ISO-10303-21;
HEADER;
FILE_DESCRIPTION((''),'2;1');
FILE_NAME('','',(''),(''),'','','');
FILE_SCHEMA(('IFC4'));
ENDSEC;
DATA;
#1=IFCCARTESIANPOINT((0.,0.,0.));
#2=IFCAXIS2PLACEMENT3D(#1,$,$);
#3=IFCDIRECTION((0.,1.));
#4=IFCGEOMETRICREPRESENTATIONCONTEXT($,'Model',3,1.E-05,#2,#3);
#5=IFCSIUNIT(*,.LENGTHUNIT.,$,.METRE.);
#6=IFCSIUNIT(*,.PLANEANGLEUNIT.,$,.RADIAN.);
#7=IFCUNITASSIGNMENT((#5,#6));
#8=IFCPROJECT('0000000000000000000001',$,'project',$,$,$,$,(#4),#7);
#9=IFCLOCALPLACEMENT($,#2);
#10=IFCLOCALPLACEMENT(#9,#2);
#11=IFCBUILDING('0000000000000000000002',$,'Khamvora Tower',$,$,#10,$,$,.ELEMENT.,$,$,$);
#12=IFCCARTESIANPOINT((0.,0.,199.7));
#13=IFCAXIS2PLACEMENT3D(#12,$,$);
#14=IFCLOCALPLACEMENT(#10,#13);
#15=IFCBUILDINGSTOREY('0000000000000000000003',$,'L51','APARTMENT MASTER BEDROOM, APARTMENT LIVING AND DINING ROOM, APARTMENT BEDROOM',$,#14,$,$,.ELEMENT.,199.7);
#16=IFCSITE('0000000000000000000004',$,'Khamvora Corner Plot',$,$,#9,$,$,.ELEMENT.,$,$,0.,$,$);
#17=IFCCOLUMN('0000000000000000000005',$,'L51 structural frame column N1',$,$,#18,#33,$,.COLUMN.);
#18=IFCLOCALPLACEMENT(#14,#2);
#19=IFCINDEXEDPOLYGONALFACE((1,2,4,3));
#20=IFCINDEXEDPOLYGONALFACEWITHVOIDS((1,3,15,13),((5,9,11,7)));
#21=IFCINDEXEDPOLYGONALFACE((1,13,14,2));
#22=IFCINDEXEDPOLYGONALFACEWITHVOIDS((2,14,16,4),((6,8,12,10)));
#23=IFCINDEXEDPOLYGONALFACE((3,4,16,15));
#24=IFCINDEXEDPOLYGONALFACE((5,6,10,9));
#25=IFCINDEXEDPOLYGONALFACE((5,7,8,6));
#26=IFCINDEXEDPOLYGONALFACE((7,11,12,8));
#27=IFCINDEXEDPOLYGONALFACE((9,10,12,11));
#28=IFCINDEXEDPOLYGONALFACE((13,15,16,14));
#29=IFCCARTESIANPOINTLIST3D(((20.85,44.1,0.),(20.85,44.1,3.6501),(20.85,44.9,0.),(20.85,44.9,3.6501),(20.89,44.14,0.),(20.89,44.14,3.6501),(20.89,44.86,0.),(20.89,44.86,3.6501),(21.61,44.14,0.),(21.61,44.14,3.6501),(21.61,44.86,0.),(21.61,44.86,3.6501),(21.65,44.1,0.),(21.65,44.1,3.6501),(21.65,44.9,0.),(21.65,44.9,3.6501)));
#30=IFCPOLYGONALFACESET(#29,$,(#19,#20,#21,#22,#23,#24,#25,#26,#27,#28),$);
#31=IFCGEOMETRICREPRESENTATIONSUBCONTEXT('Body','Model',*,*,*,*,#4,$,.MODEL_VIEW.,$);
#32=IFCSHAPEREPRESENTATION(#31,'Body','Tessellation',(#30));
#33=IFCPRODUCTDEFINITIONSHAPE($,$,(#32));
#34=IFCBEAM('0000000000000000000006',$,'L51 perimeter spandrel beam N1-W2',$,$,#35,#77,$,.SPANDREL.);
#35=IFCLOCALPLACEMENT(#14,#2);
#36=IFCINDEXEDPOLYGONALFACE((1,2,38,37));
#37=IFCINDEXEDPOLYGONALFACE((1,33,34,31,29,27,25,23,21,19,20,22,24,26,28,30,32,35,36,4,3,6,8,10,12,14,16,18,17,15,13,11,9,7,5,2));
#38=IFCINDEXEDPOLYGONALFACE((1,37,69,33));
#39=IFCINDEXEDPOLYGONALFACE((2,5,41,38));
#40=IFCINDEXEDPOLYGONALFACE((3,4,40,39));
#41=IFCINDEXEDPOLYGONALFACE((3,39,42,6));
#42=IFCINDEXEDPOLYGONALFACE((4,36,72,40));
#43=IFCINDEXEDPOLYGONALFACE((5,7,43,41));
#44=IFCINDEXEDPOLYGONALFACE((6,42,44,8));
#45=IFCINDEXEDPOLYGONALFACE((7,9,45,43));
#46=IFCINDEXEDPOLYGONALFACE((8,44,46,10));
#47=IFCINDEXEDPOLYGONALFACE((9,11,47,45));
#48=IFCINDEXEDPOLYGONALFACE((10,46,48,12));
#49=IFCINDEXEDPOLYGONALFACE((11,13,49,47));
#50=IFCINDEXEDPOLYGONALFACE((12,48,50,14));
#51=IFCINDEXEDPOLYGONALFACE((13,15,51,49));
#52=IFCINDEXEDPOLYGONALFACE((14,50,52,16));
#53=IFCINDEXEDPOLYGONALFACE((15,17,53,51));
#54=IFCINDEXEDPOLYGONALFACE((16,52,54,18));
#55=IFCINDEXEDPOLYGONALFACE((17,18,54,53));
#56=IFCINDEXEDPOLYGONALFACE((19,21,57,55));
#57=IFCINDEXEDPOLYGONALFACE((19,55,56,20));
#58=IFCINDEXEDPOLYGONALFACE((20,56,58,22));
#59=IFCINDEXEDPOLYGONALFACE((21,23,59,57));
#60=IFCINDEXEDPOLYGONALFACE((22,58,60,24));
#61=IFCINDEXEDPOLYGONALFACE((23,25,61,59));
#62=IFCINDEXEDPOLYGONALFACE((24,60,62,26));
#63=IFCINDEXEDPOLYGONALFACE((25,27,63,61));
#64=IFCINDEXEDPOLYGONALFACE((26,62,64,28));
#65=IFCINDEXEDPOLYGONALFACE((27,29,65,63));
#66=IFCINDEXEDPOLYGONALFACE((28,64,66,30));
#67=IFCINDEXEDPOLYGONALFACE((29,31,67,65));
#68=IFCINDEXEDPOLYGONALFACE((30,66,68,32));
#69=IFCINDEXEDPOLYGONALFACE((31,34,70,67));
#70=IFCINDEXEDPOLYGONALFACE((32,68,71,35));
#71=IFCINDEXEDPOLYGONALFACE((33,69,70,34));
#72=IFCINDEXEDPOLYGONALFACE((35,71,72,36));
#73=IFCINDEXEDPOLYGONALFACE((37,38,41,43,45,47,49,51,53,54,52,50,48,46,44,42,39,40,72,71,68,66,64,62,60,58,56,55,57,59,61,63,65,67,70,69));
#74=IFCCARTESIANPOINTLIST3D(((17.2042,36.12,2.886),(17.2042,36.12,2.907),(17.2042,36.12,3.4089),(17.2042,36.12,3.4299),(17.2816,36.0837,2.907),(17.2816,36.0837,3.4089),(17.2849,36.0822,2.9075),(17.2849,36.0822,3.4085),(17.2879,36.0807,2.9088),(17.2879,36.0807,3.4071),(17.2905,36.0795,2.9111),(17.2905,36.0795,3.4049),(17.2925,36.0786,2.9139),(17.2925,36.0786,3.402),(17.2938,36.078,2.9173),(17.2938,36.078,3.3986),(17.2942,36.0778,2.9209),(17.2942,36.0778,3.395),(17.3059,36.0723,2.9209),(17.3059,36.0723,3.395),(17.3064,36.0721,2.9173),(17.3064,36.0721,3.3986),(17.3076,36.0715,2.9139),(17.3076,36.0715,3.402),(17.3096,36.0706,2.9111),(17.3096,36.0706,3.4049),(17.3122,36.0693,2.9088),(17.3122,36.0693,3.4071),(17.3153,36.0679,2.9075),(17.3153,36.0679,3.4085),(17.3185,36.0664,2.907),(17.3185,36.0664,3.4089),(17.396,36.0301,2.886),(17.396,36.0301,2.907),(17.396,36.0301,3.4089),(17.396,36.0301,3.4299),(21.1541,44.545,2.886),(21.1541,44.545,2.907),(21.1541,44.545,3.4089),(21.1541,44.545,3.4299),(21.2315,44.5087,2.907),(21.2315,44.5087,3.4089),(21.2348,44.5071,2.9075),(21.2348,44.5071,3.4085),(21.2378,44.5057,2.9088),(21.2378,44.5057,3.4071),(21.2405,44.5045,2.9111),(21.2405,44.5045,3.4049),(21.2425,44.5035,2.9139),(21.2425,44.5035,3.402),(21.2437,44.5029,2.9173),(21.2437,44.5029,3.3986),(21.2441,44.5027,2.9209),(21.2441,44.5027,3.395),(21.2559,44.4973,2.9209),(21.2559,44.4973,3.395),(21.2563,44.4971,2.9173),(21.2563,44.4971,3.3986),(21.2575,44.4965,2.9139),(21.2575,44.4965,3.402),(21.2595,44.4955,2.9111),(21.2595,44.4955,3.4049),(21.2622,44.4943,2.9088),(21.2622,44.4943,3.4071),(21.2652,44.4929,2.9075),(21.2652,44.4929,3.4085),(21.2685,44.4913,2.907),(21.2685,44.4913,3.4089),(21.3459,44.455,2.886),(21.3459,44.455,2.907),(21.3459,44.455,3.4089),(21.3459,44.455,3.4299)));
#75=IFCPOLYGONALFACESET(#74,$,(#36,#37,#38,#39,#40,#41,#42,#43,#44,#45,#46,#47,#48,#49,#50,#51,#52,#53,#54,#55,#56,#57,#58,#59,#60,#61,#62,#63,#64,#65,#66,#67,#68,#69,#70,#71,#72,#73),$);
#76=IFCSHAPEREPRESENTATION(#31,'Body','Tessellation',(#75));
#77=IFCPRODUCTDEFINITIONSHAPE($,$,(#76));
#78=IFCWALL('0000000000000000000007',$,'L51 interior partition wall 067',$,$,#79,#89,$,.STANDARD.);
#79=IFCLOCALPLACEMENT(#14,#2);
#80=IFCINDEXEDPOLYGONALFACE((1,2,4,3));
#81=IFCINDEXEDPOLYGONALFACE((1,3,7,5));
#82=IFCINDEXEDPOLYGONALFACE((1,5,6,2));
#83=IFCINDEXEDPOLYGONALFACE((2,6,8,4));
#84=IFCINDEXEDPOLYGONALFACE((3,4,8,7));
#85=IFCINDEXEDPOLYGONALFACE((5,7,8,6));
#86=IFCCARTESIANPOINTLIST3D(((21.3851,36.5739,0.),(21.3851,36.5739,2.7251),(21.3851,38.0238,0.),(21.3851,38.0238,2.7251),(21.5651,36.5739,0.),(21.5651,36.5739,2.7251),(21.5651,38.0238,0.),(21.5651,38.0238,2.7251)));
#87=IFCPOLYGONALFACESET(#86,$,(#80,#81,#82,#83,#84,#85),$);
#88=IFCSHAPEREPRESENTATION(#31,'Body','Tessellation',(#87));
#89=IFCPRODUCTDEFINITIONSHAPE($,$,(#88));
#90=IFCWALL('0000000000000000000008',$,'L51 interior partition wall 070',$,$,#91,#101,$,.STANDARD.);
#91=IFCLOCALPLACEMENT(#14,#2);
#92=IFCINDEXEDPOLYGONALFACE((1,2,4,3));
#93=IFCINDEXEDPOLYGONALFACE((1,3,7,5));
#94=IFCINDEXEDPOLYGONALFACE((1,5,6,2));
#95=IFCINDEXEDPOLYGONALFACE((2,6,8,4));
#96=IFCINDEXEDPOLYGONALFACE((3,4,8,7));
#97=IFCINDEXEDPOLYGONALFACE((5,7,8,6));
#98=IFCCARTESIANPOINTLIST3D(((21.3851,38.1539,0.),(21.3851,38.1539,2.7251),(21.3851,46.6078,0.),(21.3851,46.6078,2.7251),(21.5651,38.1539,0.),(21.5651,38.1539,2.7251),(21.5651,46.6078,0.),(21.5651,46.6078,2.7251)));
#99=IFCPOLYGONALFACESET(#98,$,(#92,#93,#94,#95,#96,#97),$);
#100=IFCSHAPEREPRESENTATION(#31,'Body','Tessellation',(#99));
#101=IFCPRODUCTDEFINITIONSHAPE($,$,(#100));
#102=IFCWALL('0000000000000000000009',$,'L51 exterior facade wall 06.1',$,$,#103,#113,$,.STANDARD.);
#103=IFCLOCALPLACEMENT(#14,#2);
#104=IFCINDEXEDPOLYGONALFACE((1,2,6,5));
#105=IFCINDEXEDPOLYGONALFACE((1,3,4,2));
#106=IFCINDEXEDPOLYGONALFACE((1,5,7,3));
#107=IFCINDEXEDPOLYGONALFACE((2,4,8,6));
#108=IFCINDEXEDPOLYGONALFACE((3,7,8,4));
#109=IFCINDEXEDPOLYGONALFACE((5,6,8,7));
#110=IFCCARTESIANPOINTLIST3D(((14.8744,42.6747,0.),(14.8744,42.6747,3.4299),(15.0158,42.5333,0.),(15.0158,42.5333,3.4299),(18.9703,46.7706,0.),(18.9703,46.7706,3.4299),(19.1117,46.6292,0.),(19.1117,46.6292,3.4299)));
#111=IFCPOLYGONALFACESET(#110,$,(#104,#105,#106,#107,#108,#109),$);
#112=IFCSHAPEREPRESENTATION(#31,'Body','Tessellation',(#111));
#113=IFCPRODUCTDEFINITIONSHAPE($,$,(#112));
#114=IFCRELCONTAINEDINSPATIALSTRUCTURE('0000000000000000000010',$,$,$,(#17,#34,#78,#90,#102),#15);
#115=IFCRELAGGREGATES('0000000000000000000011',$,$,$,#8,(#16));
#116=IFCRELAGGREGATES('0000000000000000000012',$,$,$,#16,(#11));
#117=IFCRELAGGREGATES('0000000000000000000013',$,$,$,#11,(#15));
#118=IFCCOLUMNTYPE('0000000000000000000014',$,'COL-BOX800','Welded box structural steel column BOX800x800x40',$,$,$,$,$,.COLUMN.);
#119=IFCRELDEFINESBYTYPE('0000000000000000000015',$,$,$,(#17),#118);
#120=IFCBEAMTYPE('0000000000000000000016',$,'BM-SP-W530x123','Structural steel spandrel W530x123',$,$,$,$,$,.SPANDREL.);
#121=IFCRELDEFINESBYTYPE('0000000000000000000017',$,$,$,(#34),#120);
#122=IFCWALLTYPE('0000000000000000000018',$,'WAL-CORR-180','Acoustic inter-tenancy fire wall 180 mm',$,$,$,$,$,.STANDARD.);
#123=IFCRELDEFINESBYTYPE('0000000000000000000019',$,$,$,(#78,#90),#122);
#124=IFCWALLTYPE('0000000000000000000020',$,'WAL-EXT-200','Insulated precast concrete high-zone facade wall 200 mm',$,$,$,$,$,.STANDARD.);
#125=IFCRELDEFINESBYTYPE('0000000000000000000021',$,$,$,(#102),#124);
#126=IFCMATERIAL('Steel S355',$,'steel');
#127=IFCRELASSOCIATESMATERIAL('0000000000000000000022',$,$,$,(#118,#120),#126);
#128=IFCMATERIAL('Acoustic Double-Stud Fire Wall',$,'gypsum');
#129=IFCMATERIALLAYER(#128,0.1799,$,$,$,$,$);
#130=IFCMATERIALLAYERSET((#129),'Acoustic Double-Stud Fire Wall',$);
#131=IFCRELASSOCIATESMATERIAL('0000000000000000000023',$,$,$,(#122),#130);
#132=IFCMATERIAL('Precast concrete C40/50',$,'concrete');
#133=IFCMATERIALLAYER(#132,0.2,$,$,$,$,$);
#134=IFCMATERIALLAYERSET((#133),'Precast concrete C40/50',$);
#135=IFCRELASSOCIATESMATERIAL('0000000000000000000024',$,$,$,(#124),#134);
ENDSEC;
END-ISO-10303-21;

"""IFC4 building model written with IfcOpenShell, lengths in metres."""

from ifc_helpers import new_model, si_unit, direction, frame, frame_2d, origin, origin_2d, place, context, subcontext, project, spatial, rectangle, hollow_rectangle, i_section, extrude, material, layer, layer_set, material_profile, profile_set, type_object, element, save


model = new_model("IFC4")

# Units and contexts
model_context = context("Model", 3, precision=1e-05, world=origin(), true_north=direction((0.0, 1.0)))
body_context = subcontext(model_context, "Body", "Model", "MODEL_VIEW")
ifc_project = project(units=[si_unit("LENGTHUNIT", "METRE"), si_unit("PLANEANGLEUNIT", "RADIAN")], contexts=[model_context])

# Site, building, storey
site_placement = place(None, origin())
site = spatial("IfcSite", under=ifc_project, at=site_placement, Name="Khamvora Corner Plot", CompositionType="ELEMENT", RefElevation=0.0)
building_placement = place(site_placement, origin())
building = spatial("IfcBuilding", under=site, at=building_placement, Name="Khamvora Tower", CompositionType="ELEMENT")
storey_placement = place(building_placement, frame((0.0, 0.0, 199.7)))
storey = spatial("IfcBuildingStorey", under=building, at=storey_placement, Name="L51", Description="APARTMENT MASTER BEDROOM, APARTMENT LIVING AND DINING ROOM, APARTMENT BEDROOM", CompositionType="ELEMENT", Elevation=199.7)

# Column
ifc_material_1 = material(Name="Steel S355", Category="steel")
ifc_material_profile_1 = material_profile(ifc_material_1, hollow_rectangle(XDim=0.8, YDim=0.8, WallThickness=0.04, at=origin_2d()), Name="BOX800x800x40")
ifc_profile_set_1 = profile_set([ifc_material_profile_1], Name="Steel S355")
column_type = type_object("IfcColumnType", Name="COL-BOX800", Description="Welded box structural steel column BOX800x800x40", PredefinedType="COLUMN", material=ifc_profile_set_1)
column_placement = place(storey_placement, frame((21.25, 44.5, 0.0), z_axis=(0.0, 0.0, 1.0), x_axis=(1.0, 0.0, 0.0)))
element("IfcColumn", 1, at=column_placement, inside=storey, type_object=column_type, Name="L51 structural frame column N1", PredefinedType="COLUMN", context=body_context, shape_type="SweptSolid", body=[
    extrude(hollow_rectangle(XDim=0.8, YDim=0.8, WallThickness=0.04, at=origin_2d()), origin(), (0.0, 0.0, 1.0), 3.6501),
])

# Beam
ifc_material_profile_2 = material_profile(ifc_material_1, i_section(OverallWidth=0.2119, OverallDepth=0.5439, WebThickness=0.0129, FlangeThickness=0.021, FilletRadius=0.0139, at=origin_2d()), Name="W530x123")
ifc_profile_set_2 = profile_set([ifc_material_profile_2], Name="Steel S355")
beam_type = type_object("IfcBeamType", Name="BM-SP-W530x123", Description="Structural steel spandrel W530x123", PredefinedType="SPANDREL", material=ifc_profile_set_2)
beam_placement = place(storey_placement, frame((21.25, 44.5, 3.158), z_axis=(-0.424496, -0.90543, 0.0), x_axis=(0.90543, -0.424496, 0.0)))
element("IfcBeam", 2, at=beam_placement, inside=storey, type_object=beam_type, Name="L51 perimeter spandrel beam N1-W2", PredefinedType="SPANDREL", context=body_context, shape_type="SweptSolid", body=[
    extrude(i_section(OverallWidth=0.2119, OverallDepth=0.5439, WebThickness=0.0129, FlangeThickness=0.021, FilletRadius=0.0139, at=origin_2d()), origin(), (0.0, 0.0, 1.0), 9.3049),
])

# Walls
ifc_material_2 = material(Name="Acoustic Double-Stud Fire Wall", Category="gypsum")
ifc_layer_1 = layer(ifc_material_2, 0.1799)
ifc_layer_set_1 = layer_set([ifc_layer_1], Name="Acoustic Double-Stud Fire Wall")
wall_type_1 = type_object("IfcWallType", Name="WAL-CORR-180", Description="Acoustic inter-tenancy fire wall 180 mm", PredefinedType="STANDARD", material=ifc_layer_set_1)
wall_1_placement = place(storey_placement, frame((21.4751, 38.0239, 0.0), z_axis=(0.0, 0.0, 1.0), x_axis=(0.0, -1.0, 0.0)))
element("IfcWall", 3, at=wall_1_placement, inside=storey, type_object=wall_type_1, Name="L51 interior partition wall 067", PredefinedType="STANDARD", context=body_context, shape_type="SweptSolid", body=[
    extrude(rectangle(XDim=1.45, YDim=0.1799, at=frame_2d((0.7251, 0.0))), origin(), (0.0, 0.0, 1.0), 2.7251),
])
wall_2_placement = place(storey_placement, frame((21.4751, 46.6079, 0.0), z_axis=(0.0, 0.0, 1.0), x_axis=(0.0, -1.0, 0.0)))
element("IfcWall", 4, at=wall_2_placement, inside=storey, type_object=wall_type_1, Name="L51 interior partition wall 070", PredefinedType="STANDARD", context=body_context, shape_type="SweptSolid", body=[
    extrude(rectangle(XDim=8.4539, YDim=0.1799, at=frame_2d((4.2271, 0.0))), origin(), (0.0, 0.0, 1.0), 2.7251),
])
ifc_material_3 = material(Name="Precast concrete C40/50", Category="concrete")
ifc_layer_2 = layer(ifc_material_3, 0.2)
ifc_layer_set_2 = layer_set([ifc_layer_2], Name="Precast concrete C40/50")
wall_type_2 = type_object("IfcWallType", Name="WAL-EXT-200", Description="Insulated precast concrete high-zone facade wall 200 mm", PredefinedType="STANDARD", material=ifc_layer_set_2)
wall_3_placement = place(storey_placement, frame((14.9451, 42.604, 0.0), z_axis=(0.0, 0.0, 1.0), x_axis=(0.707107, 0.707107, 0.0)))
element("IfcWall", 5, at=wall_3_placement, inside=storey, type_object=wall_type_2, Name="L51 exterior facade wall 06.1", PredefinedType="STANDARD", context=body_context, shape_type="SweptSolid", body=[
    extrude(rectangle(XDim=5.7925, YDim=0.2, at=frame_2d((2.8962, 0.0))), origin(), (0.0, 0.0, 1.0), 3.4299),
])

save(model, "model.ifc")
